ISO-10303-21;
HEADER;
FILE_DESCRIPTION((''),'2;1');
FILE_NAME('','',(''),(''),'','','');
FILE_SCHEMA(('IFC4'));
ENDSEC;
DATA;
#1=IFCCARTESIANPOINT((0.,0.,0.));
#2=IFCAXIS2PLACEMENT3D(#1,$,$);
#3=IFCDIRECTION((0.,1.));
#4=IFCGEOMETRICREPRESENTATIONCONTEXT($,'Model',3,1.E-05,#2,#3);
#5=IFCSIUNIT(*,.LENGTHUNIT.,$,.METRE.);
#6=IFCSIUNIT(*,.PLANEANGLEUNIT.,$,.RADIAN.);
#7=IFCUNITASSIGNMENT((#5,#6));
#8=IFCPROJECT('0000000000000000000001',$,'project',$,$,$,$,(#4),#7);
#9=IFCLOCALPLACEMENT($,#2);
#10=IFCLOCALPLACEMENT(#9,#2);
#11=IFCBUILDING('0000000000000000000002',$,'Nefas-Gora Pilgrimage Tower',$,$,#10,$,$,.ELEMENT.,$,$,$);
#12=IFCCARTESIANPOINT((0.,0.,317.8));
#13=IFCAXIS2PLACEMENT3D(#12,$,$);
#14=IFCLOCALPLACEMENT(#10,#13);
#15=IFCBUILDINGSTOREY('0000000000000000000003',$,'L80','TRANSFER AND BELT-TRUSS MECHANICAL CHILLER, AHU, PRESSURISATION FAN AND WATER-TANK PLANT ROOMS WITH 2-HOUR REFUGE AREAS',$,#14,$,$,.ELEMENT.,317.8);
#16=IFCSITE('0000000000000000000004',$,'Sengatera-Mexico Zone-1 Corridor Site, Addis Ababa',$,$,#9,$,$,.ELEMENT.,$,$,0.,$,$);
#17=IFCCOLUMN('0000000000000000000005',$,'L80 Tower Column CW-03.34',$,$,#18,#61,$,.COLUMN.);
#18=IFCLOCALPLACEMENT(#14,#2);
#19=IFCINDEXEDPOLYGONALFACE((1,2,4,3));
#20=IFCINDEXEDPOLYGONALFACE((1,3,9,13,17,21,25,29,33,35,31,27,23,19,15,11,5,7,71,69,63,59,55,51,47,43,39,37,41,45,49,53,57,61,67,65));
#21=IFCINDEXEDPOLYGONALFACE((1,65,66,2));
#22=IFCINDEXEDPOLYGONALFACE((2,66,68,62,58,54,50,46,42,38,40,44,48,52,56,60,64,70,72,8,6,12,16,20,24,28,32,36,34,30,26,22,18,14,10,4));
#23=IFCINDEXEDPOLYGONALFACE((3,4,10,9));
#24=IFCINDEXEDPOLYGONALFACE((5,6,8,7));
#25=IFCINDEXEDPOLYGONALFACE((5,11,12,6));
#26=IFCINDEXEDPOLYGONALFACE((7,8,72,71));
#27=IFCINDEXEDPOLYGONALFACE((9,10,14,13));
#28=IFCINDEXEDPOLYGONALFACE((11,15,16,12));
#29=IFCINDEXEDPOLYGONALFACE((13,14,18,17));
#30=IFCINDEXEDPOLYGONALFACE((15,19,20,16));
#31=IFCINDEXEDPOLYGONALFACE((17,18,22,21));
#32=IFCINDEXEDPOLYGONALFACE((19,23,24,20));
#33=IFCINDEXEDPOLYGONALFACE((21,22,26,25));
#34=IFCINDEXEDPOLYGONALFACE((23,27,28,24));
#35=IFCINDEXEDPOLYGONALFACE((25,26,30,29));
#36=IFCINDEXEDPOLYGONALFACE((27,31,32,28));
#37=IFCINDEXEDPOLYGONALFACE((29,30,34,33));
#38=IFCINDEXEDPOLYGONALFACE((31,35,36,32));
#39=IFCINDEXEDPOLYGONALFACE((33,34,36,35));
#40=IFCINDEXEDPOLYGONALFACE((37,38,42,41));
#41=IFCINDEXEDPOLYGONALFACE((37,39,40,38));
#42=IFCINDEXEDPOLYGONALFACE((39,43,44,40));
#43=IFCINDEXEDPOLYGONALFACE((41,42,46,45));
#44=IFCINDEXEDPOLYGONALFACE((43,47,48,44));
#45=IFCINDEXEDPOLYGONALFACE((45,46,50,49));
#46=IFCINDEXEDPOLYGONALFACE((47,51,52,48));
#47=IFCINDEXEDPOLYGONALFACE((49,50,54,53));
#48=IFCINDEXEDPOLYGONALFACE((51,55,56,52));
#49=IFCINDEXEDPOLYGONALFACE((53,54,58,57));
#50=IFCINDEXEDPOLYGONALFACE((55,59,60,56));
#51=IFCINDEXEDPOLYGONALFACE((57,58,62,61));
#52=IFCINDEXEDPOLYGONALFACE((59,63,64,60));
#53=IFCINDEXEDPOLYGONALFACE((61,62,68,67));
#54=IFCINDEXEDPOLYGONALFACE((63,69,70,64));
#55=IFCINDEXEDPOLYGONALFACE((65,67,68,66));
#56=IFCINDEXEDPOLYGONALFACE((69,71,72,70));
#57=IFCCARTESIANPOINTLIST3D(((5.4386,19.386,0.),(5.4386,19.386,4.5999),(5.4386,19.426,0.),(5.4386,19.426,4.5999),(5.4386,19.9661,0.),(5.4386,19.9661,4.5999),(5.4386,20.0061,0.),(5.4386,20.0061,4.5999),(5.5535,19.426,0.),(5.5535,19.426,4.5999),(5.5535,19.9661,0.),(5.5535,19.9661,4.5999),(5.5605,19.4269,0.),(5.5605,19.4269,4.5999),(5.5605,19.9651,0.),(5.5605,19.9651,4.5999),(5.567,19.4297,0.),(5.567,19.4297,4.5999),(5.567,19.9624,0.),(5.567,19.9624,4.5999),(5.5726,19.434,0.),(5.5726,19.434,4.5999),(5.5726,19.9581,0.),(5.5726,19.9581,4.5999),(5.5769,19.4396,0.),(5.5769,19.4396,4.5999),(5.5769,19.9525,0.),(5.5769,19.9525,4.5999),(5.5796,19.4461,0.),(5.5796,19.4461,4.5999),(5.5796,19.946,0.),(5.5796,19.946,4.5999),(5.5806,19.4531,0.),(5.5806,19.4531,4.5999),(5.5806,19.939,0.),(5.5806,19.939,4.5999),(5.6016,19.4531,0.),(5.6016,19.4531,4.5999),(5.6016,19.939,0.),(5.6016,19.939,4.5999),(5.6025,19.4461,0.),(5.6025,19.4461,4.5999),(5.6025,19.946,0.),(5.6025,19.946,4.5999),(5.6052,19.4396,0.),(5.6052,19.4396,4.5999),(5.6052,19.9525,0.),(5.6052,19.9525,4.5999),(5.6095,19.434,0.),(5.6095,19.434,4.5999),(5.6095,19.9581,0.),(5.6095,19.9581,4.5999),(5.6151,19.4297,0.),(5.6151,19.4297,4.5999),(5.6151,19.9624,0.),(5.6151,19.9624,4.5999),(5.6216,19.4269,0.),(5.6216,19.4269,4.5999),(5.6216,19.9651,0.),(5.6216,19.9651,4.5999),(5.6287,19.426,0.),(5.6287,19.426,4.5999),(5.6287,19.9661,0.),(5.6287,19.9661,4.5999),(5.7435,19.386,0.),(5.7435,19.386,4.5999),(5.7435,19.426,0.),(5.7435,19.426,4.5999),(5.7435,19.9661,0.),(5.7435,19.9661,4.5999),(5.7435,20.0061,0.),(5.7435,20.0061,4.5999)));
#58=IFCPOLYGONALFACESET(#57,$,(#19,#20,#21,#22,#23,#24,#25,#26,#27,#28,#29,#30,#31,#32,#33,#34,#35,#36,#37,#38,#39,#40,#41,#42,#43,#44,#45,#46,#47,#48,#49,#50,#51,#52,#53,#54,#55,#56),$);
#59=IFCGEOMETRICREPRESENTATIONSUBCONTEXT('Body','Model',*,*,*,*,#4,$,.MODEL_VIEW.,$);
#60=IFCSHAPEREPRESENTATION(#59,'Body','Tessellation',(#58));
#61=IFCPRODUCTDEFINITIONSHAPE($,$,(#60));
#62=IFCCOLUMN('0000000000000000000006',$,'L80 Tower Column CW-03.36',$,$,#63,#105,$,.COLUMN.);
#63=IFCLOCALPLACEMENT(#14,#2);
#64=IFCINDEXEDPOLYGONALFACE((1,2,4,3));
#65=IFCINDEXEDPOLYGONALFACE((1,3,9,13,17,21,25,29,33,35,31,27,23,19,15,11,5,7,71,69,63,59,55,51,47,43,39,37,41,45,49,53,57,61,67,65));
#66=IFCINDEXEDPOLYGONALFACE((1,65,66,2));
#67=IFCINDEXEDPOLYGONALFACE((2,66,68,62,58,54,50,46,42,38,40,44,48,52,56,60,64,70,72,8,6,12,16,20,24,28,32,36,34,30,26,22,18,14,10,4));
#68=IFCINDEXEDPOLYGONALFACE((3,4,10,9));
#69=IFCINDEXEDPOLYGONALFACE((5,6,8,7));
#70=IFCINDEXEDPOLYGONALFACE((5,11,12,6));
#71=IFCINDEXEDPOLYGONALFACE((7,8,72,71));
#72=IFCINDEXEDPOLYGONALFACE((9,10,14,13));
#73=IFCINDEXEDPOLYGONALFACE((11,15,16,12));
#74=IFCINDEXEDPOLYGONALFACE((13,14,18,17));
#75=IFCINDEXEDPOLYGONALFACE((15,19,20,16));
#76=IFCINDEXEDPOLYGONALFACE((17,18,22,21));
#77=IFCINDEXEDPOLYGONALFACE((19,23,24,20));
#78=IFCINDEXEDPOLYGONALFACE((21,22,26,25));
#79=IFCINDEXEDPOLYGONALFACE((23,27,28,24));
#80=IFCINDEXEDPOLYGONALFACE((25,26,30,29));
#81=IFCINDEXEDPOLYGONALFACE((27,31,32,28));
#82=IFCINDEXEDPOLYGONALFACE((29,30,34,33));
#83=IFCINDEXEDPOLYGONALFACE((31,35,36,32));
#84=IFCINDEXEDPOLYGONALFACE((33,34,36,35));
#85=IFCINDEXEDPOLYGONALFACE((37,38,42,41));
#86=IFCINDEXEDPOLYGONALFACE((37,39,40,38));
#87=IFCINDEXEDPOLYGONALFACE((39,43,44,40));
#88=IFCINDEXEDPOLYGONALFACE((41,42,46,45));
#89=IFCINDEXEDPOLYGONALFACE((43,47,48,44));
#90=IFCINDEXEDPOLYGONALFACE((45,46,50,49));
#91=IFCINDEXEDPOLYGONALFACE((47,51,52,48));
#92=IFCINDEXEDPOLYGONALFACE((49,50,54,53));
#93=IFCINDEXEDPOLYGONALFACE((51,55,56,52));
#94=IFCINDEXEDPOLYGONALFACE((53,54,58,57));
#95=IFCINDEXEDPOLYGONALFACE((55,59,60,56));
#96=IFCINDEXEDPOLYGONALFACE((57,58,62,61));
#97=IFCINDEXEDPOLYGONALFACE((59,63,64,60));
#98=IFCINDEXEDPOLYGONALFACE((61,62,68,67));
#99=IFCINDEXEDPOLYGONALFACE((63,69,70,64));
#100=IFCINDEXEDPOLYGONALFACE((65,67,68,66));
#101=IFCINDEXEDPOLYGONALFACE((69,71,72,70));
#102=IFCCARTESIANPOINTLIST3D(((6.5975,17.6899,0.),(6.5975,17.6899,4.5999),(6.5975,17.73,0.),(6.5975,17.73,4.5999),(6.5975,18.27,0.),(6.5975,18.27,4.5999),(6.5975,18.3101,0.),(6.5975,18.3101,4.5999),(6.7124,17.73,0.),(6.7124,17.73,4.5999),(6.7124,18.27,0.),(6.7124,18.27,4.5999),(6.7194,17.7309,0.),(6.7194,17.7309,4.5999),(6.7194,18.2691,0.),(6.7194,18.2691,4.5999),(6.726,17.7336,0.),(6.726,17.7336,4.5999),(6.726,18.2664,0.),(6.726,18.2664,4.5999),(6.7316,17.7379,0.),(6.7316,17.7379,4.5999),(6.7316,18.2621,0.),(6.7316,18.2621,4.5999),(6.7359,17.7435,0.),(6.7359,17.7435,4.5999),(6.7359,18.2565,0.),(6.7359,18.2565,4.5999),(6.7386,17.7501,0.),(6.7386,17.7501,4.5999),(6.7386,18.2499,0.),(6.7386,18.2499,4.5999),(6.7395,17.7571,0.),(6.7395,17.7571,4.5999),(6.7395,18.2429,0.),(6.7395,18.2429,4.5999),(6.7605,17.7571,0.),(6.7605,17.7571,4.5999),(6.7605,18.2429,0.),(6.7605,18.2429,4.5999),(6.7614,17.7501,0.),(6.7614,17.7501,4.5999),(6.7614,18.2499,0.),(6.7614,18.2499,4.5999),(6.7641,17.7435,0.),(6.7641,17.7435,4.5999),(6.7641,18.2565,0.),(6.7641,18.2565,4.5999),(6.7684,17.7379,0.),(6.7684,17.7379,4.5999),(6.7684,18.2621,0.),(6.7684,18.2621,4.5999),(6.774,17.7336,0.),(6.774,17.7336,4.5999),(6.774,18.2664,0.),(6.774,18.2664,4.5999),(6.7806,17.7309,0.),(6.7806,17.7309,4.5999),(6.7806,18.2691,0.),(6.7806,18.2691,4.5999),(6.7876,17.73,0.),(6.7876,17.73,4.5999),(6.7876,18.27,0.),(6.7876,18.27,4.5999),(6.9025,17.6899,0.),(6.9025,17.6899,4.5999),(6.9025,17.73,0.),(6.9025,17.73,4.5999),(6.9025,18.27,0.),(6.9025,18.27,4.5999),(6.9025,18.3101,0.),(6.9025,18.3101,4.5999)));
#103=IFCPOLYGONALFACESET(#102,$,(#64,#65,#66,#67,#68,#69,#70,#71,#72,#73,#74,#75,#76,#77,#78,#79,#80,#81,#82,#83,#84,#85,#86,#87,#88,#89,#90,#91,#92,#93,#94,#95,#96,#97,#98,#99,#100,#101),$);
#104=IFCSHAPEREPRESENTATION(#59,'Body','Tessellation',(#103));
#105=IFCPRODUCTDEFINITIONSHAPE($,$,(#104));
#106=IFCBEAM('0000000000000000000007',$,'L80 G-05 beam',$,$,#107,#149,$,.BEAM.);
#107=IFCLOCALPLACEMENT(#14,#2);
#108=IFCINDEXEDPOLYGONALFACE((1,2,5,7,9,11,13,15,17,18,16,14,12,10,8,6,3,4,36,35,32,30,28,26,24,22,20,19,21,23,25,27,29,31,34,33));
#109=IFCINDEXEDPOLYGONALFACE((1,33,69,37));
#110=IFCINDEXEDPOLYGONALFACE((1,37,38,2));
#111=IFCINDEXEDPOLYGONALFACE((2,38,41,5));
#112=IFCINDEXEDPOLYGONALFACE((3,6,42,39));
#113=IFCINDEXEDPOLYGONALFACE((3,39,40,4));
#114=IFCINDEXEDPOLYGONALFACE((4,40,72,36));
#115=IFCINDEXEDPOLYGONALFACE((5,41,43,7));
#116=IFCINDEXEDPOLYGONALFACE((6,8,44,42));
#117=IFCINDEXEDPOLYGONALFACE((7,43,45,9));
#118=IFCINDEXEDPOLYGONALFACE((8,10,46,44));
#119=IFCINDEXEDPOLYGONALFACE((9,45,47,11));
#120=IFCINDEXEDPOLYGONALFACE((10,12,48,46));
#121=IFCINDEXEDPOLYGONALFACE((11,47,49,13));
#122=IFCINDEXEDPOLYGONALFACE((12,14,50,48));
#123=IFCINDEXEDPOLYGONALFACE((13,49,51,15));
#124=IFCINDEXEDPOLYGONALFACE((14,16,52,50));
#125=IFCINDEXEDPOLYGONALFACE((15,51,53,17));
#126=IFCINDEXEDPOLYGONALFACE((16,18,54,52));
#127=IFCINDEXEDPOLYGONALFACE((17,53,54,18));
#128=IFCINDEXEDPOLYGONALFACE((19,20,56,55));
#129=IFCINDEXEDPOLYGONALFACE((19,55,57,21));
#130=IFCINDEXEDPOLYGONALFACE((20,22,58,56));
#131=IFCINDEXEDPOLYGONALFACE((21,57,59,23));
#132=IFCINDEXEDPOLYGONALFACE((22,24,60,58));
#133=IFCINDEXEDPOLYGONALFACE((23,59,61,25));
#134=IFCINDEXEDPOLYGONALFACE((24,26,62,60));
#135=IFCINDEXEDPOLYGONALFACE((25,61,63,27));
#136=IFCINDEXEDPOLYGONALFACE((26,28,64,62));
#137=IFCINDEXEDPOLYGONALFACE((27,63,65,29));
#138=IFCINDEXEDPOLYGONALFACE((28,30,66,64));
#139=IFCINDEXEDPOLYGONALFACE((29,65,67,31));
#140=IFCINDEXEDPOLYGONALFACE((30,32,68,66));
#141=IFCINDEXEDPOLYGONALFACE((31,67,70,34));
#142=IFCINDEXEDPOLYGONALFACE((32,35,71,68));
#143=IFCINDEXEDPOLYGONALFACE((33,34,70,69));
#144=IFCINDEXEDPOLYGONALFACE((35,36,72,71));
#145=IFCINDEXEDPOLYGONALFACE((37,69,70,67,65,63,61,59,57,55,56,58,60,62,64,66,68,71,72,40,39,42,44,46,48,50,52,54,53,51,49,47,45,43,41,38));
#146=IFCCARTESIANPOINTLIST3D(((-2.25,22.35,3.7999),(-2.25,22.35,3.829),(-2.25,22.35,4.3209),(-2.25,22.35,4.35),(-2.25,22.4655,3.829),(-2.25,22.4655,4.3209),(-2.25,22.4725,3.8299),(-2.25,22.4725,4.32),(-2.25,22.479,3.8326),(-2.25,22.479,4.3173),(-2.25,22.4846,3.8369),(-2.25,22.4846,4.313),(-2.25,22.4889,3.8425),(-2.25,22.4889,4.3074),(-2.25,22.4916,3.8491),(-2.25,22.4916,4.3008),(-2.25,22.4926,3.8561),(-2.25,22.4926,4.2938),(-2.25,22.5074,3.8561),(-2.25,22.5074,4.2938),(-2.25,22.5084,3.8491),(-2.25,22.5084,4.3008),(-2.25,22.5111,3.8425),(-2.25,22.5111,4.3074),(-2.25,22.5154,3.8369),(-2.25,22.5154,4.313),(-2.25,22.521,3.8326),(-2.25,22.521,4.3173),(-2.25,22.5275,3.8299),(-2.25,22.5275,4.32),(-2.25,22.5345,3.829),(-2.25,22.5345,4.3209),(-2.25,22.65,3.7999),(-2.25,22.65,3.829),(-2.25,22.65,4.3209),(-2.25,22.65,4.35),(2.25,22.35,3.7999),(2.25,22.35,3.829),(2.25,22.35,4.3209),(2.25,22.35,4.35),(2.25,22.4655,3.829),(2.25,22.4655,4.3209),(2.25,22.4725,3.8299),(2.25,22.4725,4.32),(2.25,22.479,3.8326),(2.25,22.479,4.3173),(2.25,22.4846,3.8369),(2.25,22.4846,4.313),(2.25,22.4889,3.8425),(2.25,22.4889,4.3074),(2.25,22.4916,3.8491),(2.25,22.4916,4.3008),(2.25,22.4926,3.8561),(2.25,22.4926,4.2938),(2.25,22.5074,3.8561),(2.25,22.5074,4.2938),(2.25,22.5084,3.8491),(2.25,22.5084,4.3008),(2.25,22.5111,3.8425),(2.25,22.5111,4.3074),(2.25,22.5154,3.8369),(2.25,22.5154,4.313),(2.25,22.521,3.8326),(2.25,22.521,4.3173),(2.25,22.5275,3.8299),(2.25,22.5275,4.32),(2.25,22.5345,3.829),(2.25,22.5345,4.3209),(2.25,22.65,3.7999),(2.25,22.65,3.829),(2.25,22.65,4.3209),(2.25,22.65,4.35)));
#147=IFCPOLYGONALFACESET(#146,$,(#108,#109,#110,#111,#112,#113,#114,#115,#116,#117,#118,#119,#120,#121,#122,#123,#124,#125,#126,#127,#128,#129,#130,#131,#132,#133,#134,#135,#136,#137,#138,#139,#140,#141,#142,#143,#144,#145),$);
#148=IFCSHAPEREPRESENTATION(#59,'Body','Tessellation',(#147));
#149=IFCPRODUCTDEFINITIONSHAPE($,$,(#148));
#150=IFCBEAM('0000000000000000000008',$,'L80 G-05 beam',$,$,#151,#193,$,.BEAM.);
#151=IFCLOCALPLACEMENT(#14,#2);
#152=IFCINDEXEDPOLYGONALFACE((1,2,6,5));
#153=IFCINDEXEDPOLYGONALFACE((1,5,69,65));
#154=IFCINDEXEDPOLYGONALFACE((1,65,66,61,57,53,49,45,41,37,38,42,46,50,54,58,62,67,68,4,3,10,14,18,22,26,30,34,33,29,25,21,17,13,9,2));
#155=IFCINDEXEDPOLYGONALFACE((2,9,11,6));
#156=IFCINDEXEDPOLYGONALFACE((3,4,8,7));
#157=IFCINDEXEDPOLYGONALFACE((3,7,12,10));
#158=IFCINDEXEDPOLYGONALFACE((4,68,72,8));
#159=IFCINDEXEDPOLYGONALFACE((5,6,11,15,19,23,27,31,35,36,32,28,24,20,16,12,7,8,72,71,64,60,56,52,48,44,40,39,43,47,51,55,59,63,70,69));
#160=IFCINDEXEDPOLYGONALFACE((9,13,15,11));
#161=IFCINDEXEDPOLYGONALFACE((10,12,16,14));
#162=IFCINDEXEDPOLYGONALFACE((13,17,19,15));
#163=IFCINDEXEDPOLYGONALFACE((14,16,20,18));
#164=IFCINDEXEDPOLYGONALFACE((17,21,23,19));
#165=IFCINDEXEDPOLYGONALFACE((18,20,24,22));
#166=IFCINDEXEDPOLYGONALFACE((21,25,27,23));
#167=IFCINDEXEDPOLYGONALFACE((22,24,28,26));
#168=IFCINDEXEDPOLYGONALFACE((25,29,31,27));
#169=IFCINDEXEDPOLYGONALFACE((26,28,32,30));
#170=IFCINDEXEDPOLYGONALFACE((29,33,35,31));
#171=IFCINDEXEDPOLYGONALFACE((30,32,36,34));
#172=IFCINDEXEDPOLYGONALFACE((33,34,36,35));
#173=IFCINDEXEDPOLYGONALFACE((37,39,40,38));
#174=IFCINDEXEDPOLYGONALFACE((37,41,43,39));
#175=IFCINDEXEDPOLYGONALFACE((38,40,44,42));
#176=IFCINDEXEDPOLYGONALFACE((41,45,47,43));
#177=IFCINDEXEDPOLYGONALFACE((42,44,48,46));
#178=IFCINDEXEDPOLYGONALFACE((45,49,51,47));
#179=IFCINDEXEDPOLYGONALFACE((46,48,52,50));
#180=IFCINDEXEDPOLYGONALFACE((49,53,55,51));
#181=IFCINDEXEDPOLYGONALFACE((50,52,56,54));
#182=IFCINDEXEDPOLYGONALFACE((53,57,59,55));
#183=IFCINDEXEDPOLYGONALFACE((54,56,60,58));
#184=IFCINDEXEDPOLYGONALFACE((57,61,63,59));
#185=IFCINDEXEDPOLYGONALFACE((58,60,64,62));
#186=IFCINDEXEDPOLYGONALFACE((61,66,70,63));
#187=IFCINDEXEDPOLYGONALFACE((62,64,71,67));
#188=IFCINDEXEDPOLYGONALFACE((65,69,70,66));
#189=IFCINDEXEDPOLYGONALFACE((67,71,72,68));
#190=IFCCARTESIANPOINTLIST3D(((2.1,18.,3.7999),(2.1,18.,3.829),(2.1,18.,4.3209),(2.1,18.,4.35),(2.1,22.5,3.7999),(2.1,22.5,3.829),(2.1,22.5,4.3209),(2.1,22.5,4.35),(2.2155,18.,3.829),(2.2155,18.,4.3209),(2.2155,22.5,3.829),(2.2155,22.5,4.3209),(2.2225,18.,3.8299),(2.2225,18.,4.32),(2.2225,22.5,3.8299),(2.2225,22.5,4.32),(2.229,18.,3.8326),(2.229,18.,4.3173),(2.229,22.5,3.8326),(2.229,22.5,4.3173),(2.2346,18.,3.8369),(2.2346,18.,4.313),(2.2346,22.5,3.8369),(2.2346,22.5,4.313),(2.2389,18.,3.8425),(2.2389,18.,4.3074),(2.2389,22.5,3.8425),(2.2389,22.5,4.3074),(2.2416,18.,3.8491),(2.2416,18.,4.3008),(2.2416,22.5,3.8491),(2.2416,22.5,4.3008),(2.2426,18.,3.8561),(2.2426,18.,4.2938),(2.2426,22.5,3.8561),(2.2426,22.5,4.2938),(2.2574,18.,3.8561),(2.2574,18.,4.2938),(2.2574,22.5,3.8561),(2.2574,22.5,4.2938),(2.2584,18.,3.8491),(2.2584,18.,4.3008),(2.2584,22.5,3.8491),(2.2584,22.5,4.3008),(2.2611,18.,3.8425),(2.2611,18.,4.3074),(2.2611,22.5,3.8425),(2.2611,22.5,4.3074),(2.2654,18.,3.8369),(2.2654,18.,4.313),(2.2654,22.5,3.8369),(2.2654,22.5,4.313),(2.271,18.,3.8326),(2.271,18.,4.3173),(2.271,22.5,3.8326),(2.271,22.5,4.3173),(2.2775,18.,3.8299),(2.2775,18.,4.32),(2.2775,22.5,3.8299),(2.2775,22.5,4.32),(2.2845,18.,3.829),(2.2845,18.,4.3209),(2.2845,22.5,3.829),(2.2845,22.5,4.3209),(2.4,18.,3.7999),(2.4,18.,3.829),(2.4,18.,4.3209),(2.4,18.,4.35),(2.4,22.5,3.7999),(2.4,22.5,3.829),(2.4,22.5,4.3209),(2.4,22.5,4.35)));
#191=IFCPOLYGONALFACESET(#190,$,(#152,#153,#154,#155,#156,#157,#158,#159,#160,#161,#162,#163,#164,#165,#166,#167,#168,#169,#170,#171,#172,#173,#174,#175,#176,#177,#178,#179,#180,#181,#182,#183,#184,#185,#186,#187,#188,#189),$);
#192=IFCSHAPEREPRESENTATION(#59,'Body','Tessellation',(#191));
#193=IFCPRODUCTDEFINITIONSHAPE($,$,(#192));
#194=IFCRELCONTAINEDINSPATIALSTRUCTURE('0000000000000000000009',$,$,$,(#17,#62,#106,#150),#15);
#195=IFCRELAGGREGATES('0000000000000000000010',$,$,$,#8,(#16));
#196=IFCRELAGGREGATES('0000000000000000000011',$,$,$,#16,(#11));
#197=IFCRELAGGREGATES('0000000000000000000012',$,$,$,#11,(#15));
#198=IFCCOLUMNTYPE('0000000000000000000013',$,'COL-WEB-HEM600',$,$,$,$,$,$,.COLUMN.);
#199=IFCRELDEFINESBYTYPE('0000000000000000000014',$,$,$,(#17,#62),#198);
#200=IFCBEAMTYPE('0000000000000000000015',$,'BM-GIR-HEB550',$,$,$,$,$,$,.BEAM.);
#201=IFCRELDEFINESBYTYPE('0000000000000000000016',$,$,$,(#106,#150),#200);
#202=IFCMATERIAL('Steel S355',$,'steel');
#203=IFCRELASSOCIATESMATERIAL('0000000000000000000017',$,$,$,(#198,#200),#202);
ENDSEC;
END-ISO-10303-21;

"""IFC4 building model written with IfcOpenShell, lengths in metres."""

from ifc_helpers import new_model, si_unit, direction, frame, origin, origin_2d, place, context, subcontext, project, spatial, i_section, extrude, source, transform, mapped, material, material_profile, profile_set, type_object, element, save


model = new_model("IFC4")

# Units and contexts
model_context = context("Model", 3, precision=1e-05, world=origin(), true_north=direction((0.0, 1.0)))
body_context = subcontext(model_context, "Body", "Model", "MODEL_VIEW")
ifc_project = project(units=[si_unit("LENGTHUNIT", "METRE"), si_unit("PLANEANGLEUNIT", "RADIAN")], contexts=[model_context])

# Site, building, storey
site_placement = place(None, origin())
site = spatial("IfcSite", under=ifc_project, at=site_placement, Name="Sengatera-Mexico Zone-1 Corridor Site, Addis Ababa", CompositionType="ELEMENT", RefElevation=0.0)
building_placement = place(site_placement, origin())
building = spatial("IfcBuilding", under=site, at=building_placement, Name="Nefas-Gora Pilgrimage Tower", CompositionType="ELEMENT")
storey_placement = place(building_placement, frame((0.0, 0.0, 317.8)))
storey = spatial("IfcBuildingStorey", under=building, at=storey_placement, Name="L80", Description="TRANSFER AND BELT-TRUSS MECHANICAL CHILLER, AHU, PRESSURISATION FAN AND WATER-TANK PLANT ROOMS WITH 2-HOUR REFUGE AREAS", CompositionType="ELEMENT", Elevation=317.8)

# Columns
ifc_material_1 = material(Name="Steel S355", Category="steel")
ifc_material_profile_1 = material_profile(ifc_material_1, i_section(OverallWidth=0.3049, OverallDepth=0.6201, WebThickness=0.021, FlangeThickness=0.04, FilletRadius=0.0271, at=origin_2d()), Name="HEM 600")
ifc_profile_set_1 = profile_set([ifc_material_profile_1], Name="Steel S355")
column_type_1 = type_object("IfcColumnType", Name="COL-WEB-HEM600", PredefinedType="COLUMN", material=ifc_profile_set_1)
shared_shape_1 = source(origin(), body_context, "Body", "SweptSolid", [
    extrude(i_section(OverallWidth=0.3049, OverallDepth=0.6201, WebThickness=0.021, FlangeThickness=0.04, FilletRadius=0.0271, at=origin_2d()), origin(), (0.0, 0.0, 1.0), 4.5999),
])
for number, where, z_axis, x_axis, name in (
    (1, (5.5911, 19.696, 0.0), (0.0, 0.0, 1.0), (1.0, 0.0, 0.0), "L80 Tower Column CW-03.34"),
    (2, (6.75, 18.0, 0.0), (0.0, 0.0, 1.0), (1.0, 0.0, 0.0), "L80 Tower Column CW-03.36"),
):
    element("IfcColumn", number, at=place(storey_placement, frame(where, z_axis=z_axis, x_axis=x_axis)), inside=storey, type_object=column_type_1, Name=name, PredefinedType="COLUMN", context=body_context, shape_type="MappedRepresentation", body=[
        mapped(shared_shape_1, transform((0.0, 0.0, 0.0), x_axis=(1.0, 0.0, 0.0), y_axis=(0.0, 1.0, 0.0), z_axis=(0.0, 0.0, 1.0), scale=1.0)),
    ])

# Beams
ifc_material_profile_2 = material_profile(ifc_material_1, i_section(OverallWidth=0.3, OverallDepth=0.55, WebThickness=0.0149, FlangeThickness=0.0291, FilletRadius=0.0271, at=origin_2d()), Name="HEB 550")
ifc_profile_set_2 = profile_set([ifc_material_profile_2], Name="Steel S355")
beam_type = type_object("IfcBeamType", Name="BM-GIR-HEB550", PredefinedType="BEAM", material=ifc_profile_set_2)
shared_shape_2 = source(origin(), body_context, "Body", "SweptSolid", [
    extrude(i_section(OverallWidth=0.3, OverallDepth=0.55, WebThickness=0.0149, FlangeThickness=0.0291, FilletRadius=0.0271, at=origin_2d()), origin(), (0.0, 0.0, 1.0), 4.5),
])
for number, where, z_axis, x_axis, name in (
    (3, (-2.25, 22.5, 4.075), (1.0, 0.0, 0.0), (0.0, 1.0, 0.0), "L80 G-05 beam"),
    (4, (2.25, 18.0, 4.075), (0.0, 1.0, 0.0), (-1.0, 0.0, 0.0), "L80 G-05 beam"),
):
    element("IfcBeam", number, at=place(storey_placement, frame(where, z_axis=z_axis, x_axis=x_axis)), inside=storey, type_object=beam_type, Name=name, PredefinedType="BEAM", context=body_context, shape_type="MappedRepresentation", body=[
        mapped(shared_shape_2, transform((0.0, 0.0, 0.0), x_axis=(1.0, 0.0, 0.0), y_axis=(0.0, 1.0, 0.0), z_axis=(0.0, 0.0, 1.0), scale=1.0)),
    ])

save(model, "model.ifc")
